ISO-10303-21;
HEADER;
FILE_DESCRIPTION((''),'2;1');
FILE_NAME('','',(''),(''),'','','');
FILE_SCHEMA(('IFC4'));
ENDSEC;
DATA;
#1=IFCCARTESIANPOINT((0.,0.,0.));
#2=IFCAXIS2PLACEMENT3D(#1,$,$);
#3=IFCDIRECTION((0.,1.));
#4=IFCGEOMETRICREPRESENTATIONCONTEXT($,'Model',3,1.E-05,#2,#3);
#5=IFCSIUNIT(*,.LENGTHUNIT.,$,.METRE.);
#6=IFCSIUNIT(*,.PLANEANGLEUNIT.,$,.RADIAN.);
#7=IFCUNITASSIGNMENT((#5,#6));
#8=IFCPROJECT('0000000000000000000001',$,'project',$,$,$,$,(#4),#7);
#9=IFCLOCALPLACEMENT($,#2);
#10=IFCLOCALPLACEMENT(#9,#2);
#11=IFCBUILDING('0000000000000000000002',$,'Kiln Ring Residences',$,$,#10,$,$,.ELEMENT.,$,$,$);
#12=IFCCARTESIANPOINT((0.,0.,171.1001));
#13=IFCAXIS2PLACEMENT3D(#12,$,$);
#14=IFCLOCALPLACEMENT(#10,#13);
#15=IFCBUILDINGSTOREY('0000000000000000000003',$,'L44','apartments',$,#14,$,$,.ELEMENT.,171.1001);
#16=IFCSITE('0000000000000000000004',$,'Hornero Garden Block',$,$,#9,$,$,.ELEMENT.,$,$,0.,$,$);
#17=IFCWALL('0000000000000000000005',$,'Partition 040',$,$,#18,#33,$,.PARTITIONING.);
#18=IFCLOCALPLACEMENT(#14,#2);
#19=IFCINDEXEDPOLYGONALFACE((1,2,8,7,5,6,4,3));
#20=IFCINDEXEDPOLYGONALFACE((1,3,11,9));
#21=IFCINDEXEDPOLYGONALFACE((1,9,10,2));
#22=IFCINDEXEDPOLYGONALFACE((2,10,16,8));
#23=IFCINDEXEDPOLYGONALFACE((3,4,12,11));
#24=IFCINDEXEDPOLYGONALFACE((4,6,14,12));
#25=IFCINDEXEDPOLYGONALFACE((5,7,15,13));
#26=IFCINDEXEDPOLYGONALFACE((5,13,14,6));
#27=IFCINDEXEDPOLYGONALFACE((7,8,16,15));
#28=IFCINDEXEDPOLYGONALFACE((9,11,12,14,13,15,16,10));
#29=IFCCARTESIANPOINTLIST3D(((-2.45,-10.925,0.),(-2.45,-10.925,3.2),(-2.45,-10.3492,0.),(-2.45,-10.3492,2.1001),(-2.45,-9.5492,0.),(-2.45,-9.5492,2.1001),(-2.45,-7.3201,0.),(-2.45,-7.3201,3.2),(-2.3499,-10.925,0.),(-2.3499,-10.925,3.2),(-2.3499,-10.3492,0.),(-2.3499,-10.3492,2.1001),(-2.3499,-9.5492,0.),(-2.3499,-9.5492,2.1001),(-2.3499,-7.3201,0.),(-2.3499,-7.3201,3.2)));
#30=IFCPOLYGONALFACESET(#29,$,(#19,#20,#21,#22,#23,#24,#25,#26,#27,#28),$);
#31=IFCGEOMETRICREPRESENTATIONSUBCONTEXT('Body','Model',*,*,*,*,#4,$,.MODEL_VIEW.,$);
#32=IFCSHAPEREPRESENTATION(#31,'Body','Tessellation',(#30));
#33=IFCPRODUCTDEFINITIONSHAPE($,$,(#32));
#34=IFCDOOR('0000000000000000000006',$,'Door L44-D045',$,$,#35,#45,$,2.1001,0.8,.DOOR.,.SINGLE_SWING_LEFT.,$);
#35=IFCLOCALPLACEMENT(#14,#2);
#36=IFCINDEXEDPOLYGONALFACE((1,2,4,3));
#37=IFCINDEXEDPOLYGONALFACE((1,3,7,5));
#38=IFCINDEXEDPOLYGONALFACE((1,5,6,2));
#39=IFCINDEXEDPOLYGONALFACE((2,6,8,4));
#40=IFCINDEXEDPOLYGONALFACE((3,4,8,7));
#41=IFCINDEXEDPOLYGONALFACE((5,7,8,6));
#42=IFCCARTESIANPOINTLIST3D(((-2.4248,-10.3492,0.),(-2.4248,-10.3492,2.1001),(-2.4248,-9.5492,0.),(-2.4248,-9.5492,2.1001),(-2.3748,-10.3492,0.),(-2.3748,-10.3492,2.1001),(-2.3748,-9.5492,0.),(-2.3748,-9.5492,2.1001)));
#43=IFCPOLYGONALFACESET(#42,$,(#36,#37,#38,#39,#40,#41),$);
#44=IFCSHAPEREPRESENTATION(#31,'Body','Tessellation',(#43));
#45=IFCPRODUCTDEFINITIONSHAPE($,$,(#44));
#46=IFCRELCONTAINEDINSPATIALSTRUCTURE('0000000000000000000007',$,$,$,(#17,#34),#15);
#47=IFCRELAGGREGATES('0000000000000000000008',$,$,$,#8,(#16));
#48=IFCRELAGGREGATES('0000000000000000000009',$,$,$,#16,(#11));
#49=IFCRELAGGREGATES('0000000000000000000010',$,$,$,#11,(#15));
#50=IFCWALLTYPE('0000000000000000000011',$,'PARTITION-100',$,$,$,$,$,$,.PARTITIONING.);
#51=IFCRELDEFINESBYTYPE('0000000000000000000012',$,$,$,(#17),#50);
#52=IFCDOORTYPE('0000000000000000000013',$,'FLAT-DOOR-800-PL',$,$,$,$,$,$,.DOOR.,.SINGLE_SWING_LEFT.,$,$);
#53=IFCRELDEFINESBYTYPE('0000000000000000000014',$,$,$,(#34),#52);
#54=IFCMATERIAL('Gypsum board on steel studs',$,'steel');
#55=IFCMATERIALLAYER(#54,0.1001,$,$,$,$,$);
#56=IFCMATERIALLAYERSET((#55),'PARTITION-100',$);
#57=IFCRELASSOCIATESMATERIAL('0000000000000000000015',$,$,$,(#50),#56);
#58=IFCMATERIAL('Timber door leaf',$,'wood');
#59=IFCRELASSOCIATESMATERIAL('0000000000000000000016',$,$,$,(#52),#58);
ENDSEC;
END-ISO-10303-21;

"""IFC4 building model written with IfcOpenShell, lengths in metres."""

from ifc_helpers import new_model, si_unit, direction, frame, frame_2d, origin, place, context, subcontext, project, spatial, rectangle, extrude, material, layer, layer_set, type_object, element, fill, save


model = new_model("IFC4")

# Units and contexts
model_context = context("Model", 3, precision=1e-05, world=origin(), true_north=direction((0.0, 1.0)))
body_context = subcontext(model_context, "Body", "Model", "MODEL_VIEW")
ifc_project = project(units=[si_unit("LENGTHUNIT", "METRE"), si_unit("PLANEANGLEUNIT", "RADIAN")], contexts=[model_context])

# Site, building, storey
site_placement = place(None, origin())
site = spatial("IfcSite", under=ifc_project, at=site_placement, Name="Hornero Garden Block", CompositionType="ELEMENT", RefElevation=0.0)
building_placement = place(site_placement, origin())
building = spatial("IfcBuilding", under=site, at=building_placement, Name="Kiln Ring Residences", CompositionType="ELEMENT")
storey_placement = place(building_placement, frame((0.0, 0.0, 171.1001)))
storey = spatial("IfcBuildingStorey", under=building, at=storey_placement, Name="L44", Description="apartments", CompositionType="ELEMENT", Elevation=171.1001)

# Wall, opening, door
ifc_material_1 = material(Name="Gypsum board on steel studs", Category="steel")
ifc_layer_1 = layer(ifc_material_1, 0.1001)
ifc_layer_set_1 = layer_set([ifc_layer_1], Name="PARTITION-100")
wall_type = type_object("IfcWallType", Name="PARTITION-100", PredefinedType="PARTITIONING", material=ifc_layer_set_1)
wall_1_placement = place(storey_placement, frame((-2.3999, -10.925, 0.0), z_axis=(0.0, 0.0, 1.0), x_axis=(0.0, 1.0, 0.0)))
wall_1 = element("IfcWall", 1, at=wall_1_placement, inside=storey, type_object=wall_type, Name="Partition 040", PredefinedType="PARTITIONING", context=body_context, shape_type="SweptSolid", body=[
    extrude(rectangle(XDim=3.605, YDim=0.1001, at=frame_2d((1.8025, 0.0))), origin(), (0.0, 0.0, 1.0), 3.2),
])
opening_1_placement = place(wall_1_placement, frame((0.5759, 0.0, 0.0)))
opening_1 = element("IfcOpeningElement", 2, at=opening_1_placement, cuts=wall_1, PredefinedType="OPENING", context=body_context, shape_type="SweptSolid", body=[
    extrude(rectangle(XDim=0.8, YDim=2.1001, at=frame_2d((0.3999, 1.05))), frame((0.0, 0.0601, 0.0), z_axis=(0.0, -1.0, 0.0), x_axis=(1.0, 0.0, 0.0)), (0.0, 0.0, 1.0), 0.1201),
])
ifc_material_2 = material(Name="Timber door leaf", Category="wood")
door_type_1 = type_object("IfcDoorType", Name="FLAT-DOOR-800-PL", OperationType="SINGLE_SWING_LEFT", PredefinedType="DOOR", material=ifc_material_2)
door_1_placement = place(opening_1_placement, origin())
door_1 = element("IfcDoor", 3, at=door_1_placement, inside=storey, type_object=door_type_1, Name="Door L44-D045", OperationType="SINGLE_SWING_LEFT", OverallHeight=2.1001, OverallWidth=0.8, PredefinedType="DOOR", context=body_context, shape_type="SweptSolid", body=[
    extrude(rectangle(XDim=0.8, YDim=2.1001, at=frame_2d((0.3999, 1.05))), frame((0.0, 0.0249, 0.0), z_axis=(0.0, -1.0, 0.0), x_axis=(1.0, 0.0, 0.0)), (0.0, 0.0, 1.0), 0.05),
])
fill(opening_1, door_1)

save(model, "model.ifc")
